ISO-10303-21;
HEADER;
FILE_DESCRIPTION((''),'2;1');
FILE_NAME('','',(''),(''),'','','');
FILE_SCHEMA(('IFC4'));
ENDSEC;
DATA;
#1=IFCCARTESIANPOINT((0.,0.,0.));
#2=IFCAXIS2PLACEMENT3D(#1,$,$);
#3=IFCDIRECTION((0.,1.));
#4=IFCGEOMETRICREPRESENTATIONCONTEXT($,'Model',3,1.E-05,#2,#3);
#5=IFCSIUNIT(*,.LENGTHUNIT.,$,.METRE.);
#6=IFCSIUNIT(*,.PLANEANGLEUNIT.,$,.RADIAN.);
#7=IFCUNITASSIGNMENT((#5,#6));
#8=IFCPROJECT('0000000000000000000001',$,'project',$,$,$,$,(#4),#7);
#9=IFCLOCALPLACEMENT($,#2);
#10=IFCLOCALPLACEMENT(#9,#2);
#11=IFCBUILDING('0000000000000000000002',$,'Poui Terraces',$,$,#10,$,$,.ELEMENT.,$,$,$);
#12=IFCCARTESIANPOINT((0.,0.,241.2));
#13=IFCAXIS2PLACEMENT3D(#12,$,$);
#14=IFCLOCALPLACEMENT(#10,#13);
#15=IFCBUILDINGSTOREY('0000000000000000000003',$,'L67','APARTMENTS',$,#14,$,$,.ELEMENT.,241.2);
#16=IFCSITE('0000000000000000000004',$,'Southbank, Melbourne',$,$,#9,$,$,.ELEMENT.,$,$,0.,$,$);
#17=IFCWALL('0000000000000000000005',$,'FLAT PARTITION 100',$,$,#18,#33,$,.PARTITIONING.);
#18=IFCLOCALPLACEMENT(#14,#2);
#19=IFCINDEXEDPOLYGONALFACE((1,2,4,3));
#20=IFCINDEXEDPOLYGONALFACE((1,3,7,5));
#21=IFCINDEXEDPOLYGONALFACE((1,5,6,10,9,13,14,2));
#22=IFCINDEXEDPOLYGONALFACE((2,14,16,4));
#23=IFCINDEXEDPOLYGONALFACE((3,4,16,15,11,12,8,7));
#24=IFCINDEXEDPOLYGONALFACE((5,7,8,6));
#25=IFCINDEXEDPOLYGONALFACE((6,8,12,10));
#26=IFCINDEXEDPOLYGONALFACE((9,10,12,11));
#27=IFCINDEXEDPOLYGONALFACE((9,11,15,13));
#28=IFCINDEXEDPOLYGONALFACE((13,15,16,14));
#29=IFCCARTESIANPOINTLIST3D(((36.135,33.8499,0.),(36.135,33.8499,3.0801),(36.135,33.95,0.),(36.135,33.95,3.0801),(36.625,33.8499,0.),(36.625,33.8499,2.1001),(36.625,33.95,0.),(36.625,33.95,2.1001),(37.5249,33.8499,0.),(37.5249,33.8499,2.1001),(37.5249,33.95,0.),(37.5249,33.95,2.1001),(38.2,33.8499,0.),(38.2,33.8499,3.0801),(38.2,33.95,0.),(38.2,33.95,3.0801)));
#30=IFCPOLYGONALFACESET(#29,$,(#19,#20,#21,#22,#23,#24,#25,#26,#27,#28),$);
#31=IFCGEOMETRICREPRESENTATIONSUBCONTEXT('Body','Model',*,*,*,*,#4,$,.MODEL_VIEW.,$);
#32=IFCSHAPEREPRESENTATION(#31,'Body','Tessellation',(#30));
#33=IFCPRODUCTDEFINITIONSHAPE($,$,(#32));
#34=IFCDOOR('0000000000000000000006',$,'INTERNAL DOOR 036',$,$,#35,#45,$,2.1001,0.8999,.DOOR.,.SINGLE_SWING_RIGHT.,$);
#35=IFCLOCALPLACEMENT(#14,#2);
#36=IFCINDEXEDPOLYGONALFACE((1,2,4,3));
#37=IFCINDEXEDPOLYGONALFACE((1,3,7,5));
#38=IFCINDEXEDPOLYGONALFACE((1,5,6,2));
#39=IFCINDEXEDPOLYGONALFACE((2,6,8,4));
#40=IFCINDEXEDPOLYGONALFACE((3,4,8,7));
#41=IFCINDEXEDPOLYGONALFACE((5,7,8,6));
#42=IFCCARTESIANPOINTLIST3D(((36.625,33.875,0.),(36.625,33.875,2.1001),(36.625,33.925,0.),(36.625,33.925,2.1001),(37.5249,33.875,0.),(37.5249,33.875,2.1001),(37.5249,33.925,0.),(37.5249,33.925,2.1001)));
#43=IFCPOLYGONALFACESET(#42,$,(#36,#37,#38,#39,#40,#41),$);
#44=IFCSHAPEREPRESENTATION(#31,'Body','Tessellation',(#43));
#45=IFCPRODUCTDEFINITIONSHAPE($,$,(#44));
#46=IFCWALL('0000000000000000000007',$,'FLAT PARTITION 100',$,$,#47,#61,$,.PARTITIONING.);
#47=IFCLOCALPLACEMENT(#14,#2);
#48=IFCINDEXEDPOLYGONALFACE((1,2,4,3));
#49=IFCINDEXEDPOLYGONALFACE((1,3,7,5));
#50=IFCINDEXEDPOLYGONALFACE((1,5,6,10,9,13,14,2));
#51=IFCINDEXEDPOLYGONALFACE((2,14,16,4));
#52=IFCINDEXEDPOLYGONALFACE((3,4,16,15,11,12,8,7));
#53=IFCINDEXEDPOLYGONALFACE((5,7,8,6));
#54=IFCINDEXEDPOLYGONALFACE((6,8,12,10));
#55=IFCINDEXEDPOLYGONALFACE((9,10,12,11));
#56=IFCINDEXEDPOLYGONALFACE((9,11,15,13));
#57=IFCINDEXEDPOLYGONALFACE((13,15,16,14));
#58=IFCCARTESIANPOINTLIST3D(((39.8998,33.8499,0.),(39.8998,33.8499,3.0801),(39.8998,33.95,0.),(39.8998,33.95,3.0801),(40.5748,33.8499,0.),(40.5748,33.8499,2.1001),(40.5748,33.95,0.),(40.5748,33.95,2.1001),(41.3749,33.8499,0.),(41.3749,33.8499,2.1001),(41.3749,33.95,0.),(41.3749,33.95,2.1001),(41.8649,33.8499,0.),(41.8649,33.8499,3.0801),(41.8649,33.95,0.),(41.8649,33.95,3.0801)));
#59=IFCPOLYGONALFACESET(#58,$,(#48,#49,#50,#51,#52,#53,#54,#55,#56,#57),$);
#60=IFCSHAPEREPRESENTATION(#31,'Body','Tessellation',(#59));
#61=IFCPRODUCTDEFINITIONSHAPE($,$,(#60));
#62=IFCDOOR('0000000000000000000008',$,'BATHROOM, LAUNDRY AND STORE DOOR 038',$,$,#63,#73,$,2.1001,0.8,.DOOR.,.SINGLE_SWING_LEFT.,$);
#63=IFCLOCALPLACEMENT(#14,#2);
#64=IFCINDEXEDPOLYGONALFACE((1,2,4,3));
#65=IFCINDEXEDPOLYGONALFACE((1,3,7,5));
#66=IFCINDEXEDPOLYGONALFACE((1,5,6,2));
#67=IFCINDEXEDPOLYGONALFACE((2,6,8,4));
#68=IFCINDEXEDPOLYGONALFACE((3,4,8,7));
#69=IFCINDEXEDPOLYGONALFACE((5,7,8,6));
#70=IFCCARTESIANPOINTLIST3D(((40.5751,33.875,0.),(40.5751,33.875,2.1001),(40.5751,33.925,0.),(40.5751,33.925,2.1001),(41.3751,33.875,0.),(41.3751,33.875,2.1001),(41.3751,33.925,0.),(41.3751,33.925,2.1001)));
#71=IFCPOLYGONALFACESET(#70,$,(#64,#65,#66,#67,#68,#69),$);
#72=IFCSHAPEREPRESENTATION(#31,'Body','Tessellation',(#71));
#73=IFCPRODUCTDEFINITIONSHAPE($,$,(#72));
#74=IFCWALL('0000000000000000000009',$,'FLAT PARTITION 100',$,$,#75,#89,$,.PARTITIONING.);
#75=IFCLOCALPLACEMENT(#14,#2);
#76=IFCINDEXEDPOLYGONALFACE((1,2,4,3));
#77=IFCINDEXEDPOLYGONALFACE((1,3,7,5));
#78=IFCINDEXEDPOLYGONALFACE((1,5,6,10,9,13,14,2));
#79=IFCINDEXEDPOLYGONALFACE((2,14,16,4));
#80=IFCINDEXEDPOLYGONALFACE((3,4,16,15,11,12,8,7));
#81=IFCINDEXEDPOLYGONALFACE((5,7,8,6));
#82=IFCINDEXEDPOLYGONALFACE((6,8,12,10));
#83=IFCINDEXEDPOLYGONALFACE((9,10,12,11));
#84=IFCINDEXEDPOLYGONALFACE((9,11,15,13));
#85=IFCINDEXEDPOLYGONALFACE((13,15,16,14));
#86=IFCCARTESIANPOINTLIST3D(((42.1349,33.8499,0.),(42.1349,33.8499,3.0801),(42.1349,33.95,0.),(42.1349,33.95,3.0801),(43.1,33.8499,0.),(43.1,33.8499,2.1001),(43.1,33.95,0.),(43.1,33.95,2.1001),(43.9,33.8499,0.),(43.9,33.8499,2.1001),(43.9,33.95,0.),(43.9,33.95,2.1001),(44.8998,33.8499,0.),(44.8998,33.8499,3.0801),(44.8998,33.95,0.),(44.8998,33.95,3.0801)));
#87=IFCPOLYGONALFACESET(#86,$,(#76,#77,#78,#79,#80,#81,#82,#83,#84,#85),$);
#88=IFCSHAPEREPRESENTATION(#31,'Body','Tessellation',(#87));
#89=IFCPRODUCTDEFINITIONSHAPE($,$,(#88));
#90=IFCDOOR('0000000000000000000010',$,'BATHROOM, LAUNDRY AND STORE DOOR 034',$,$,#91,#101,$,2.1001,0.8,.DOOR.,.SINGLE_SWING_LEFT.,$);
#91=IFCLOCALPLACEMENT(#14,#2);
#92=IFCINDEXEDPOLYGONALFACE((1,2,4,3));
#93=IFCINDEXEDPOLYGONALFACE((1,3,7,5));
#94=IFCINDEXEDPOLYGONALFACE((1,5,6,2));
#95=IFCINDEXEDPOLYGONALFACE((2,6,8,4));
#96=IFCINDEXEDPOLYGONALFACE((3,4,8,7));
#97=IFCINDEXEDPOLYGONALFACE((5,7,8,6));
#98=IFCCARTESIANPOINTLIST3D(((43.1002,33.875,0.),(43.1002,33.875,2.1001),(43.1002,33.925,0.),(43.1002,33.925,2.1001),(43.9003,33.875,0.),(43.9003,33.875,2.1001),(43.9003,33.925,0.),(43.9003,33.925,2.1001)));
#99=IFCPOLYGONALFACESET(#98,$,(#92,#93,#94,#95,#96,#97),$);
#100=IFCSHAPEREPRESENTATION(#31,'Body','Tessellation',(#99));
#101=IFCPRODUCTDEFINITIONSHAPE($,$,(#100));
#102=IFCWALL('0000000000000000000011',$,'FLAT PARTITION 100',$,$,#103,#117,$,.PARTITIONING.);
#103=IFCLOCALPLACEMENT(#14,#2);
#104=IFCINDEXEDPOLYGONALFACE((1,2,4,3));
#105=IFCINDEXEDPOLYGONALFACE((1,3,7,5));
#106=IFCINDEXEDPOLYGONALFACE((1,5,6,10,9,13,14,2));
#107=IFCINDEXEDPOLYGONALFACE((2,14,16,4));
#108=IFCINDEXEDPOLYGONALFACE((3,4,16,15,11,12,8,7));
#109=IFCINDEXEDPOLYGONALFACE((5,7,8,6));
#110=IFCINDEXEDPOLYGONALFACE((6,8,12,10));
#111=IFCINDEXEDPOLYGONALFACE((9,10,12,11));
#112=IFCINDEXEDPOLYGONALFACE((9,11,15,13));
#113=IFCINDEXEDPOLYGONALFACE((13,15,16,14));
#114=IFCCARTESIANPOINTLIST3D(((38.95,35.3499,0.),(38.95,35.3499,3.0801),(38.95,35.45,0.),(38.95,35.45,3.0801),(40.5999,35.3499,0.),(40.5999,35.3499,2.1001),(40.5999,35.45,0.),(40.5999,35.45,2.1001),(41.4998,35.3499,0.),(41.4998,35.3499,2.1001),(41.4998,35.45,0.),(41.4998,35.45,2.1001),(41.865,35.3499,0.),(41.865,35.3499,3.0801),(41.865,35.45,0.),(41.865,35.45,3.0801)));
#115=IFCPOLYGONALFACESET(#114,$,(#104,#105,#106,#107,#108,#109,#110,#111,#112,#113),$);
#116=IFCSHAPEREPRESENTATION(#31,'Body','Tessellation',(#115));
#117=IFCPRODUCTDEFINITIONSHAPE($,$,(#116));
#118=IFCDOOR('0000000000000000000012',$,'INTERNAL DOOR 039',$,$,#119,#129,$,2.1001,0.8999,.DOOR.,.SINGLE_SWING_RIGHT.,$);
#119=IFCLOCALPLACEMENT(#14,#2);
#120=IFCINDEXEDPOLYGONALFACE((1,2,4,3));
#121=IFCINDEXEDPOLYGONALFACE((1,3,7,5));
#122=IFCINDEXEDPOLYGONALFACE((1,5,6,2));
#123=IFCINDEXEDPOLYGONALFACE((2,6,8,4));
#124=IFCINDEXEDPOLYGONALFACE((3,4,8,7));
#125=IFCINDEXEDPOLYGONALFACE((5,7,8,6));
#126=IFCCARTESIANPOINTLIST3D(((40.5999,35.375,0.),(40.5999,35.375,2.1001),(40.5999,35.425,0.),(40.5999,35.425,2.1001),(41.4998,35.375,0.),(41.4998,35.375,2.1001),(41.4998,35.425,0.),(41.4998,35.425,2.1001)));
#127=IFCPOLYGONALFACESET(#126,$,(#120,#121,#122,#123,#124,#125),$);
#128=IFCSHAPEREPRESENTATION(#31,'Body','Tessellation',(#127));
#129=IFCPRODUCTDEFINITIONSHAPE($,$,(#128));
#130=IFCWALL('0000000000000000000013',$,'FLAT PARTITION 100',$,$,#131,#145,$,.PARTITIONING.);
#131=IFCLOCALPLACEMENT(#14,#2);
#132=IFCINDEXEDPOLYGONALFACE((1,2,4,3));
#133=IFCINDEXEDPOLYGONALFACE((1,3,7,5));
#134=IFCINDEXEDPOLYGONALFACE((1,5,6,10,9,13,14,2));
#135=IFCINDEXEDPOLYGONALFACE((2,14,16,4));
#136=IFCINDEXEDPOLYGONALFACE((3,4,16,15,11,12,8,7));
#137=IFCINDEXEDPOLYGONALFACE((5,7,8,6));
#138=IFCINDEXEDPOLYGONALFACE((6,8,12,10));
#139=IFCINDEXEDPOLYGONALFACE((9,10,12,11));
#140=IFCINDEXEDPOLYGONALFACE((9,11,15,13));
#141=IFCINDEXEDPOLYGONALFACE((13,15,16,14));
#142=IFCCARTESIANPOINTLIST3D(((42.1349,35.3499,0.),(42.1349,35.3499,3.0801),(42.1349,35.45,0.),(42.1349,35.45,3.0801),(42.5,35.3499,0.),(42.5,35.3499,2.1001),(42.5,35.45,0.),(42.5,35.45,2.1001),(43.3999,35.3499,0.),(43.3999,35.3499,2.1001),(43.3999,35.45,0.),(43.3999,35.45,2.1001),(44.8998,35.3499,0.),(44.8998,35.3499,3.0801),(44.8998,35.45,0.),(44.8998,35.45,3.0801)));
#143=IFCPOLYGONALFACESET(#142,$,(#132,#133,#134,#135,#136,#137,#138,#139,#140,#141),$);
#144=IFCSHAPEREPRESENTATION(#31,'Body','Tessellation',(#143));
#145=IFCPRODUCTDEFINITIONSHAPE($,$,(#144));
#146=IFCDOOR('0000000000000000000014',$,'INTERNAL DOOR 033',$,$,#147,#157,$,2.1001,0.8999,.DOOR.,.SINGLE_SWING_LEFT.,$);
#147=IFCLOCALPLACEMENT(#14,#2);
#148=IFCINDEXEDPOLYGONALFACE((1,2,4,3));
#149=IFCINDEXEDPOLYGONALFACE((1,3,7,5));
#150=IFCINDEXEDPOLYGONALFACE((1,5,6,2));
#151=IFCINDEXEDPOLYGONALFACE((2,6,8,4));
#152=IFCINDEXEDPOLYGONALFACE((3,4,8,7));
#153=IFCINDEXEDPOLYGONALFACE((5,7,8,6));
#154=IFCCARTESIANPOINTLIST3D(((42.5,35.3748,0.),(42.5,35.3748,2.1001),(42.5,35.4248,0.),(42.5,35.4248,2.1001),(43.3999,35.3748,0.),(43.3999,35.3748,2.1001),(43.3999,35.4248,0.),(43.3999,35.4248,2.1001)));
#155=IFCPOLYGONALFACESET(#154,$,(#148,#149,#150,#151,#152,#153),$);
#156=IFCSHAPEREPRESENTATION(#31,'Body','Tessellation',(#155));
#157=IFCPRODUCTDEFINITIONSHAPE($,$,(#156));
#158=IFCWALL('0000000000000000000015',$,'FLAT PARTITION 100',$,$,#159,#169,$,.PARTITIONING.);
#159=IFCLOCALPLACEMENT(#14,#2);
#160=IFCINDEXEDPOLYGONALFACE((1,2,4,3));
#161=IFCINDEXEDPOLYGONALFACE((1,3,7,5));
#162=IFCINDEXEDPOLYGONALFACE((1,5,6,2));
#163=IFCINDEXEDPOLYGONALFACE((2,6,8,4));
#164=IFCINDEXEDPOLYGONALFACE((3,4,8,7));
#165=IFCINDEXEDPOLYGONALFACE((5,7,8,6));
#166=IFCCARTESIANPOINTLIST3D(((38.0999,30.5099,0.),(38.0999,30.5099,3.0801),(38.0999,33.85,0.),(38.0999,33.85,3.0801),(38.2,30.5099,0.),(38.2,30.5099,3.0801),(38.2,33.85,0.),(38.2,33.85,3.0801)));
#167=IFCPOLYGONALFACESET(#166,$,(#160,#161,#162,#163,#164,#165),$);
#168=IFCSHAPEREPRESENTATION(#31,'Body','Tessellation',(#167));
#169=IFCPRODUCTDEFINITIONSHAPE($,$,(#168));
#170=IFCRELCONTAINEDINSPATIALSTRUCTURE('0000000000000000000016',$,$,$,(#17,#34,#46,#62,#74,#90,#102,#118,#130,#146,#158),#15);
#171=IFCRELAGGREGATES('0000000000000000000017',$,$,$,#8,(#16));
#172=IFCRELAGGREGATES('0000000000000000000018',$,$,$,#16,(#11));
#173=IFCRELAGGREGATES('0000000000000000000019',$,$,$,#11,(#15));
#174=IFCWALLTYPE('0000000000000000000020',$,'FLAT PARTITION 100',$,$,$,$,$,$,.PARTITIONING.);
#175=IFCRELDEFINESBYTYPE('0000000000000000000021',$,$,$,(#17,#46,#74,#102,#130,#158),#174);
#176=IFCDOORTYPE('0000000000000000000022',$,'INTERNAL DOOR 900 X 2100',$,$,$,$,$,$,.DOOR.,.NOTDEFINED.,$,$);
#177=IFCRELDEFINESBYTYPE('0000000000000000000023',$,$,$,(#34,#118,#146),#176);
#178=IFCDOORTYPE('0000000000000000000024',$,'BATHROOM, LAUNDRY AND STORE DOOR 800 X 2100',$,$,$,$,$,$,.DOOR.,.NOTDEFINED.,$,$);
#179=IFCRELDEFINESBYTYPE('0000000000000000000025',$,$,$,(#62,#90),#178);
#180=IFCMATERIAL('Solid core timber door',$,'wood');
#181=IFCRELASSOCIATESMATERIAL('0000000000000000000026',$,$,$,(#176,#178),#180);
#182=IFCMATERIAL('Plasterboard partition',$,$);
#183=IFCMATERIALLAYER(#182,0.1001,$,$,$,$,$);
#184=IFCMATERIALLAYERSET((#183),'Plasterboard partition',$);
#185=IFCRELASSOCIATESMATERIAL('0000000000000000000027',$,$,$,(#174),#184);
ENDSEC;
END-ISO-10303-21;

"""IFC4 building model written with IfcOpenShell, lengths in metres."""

from ifc_helpers import new_model, si_unit, direction, frame, frame_2d, origin, place, context, subcontext, project, spatial, rectangle, extrude, material, layer, layer_set, type_object, element, fill, save


model = new_model("IFC4")

# Units and contexts
model_context = context("Model", 3, precision=1e-05, world=origin(), true_north=direction((0.0, 1.0)))
body_context = subcontext(model_context, "Body", "Model", "MODEL_VIEW")
ifc_project = project(units=[si_unit("LENGTHUNIT", "METRE"), si_unit("PLANEANGLEUNIT", "RADIAN")], contexts=[model_context])

# Site, building, storey
site_placement = place(None, origin())
site = spatial("IfcSite", under=ifc_project, at=site_placement, Name="Southbank, Melbourne", CompositionType="ELEMENT", RefElevation=0.0)
building_placement = place(site_placement, origin())
building = spatial("IfcBuilding", under=site, at=building_placement, Name="Poui Terraces", CompositionType="ELEMENT")
storey_placement = place(building_placement, frame((0.0, 0.0, 241.2)))
storey = spatial("IfcBuildingStorey", under=building, at=storey_placement, Name="L67", Description="APARTMENTS", CompositionType="ELEMENT", Elevation=241.2)

# Shared definitions
ifc_material_1 = material(Name="Solid core timber door", Category="wood")
door_type_1 = type_object("IfcDoorType", Name="INTERNAL DOOR 900 X 2100", OperationType="NOTDEFINED", PredefinedType="DOOR", material=ifc_material_1)
ifc_material_2 = material(Name="Plasterboard partition")
ifc_layer_1 = layer(ifc_material_2, 0.1001)
ifc_layer_set_1 = layer_set([ifc_layer_1], Name="Plasterboard partition")
wall_type_1 = type_object("IfcWallType", Name="FLAT PARTITION 100", PredefinedType="PARTITIONING", material=ifc_layer_set_1)
door_type_2 = type_object("IfcDoorType", Name="BATHROOM, LAUNDRY AND STORE DOOR 800 X 2100", OperationType="NOTDEFINED", PredefinedType="DOOR", material=ifc_material_1)

# Walls, openings, doors
wall_1_placement = place(storey_placement, frame((36.135, 33.8999, 0.0), z_axis=(0.0, 0.0, 1.0), x_axis=(1.0, 0.0, 0.0)))
wall_1 = element("IfcWall", 1, at=wall_1_placement, inside=storey, type_object=wall_type_1, Name="FLAT PARTITION 100", PredefinedType="PARTITIONING", context=body_context, shape_type="SweptSolid", body=[
    extrude(rectangle(XDim=2.0649, YDim=0.1001, at=frame_2d((1.0325, 0.0))), origin(), (0.0, 0.0, 1.0), 3.0801),
])
opening_1_placement = place(wall_1_placement, frame((0.49, 0.0, 0.0)))
opening_1 = element("IfcOpeningElement", 2, at=opening_1_placement, cuts=wall_1, PredefinedType="OPENING", context=body_context, shape_type="SweptSolid", body=[
    extrude(rectangle(XDim=0.8999, YDim=2.1001, at=frame_2d((0.45, 1.05))), frame((0.0, 0.0601, 0.0), z_axis=(0.0, -1.0, 0.0), x_axis=(1.0, 0.0, 0.0)), (0.0, 0.0, 1.0), 0.1201),
])
door_1_placement = place(opening_1_placement, frame((0.8999, 0.0, 0.0), z_axis=(0.0, 0.0, 1.0), x_axis=(-1.0, 0.0, 0.0)))
door_1 = element("IfcDoor", 3, at=door_1_placement, inside=storey, type_object=door_type_1, Name="INTERNAL DOOR 036", OperationType="SINGLE_SWING_RIGHT", OverallHeight=2.1001, OverallWidth=0.8999, PredefinedType="DOOR", context=body_context, shape_type="SweptSolid", body=[
    extrude(rectangle(XDim=0.8999, YDim=2.1001, at=frame_2d((0.45, 1.05))), frame((0.0, 0.0249, 0.0), z_axis=(0.0, -1.0, 0.0), x_axis=(1.0, 0.0, 0.0)), (0.0, 0.0, 1.0), 0.05),
])
fill(opening_1, door_1)
wall_2_placement = place(storey_placement, frame((39.8999, 33.8999, 0.0), z_axis=(0.0, 0.0, 1.0), x_axis=(1.0, 0.0, 0.0)))
wall_2 = element("IfcWall", 4, at=wall_2_placement, inside=storey, type_object=wall_type_1, Name="FLAT PARTITION 100", PredefinedType="PARTITIONING", context=body_context, shape_type="SweptSolid", body=[
    extrude(rectangle(XDim=1.9651, YDim=0.1001, at=frame_2d((0.9824, 0.0))), origin(), (0.0, 0.0, 1.0), 3.0801),
])
opening_2_placement = place(wall_2_placement, frame((0.675, 0.0, 0.0)))
opening_2 = element("IfcOpeningElement", 5, at=opening_2_placement, cuts=wall_2, PredefinedType="OPENING", context=body_context, shape_type="SweptSolid", body=[
    extrude(rectangle(XDim=0.8, YDim=2.1001, at=frame_2d((0.3999, 1.05))), frame((0.0, 0.0601, 0.0), z_axis=(0.0, -1.0, 0.0), x_axis=(1.0, 0.0, 0.0)), (0.0, 0.0, 1.0), 0.1201),
])
door_2_placement = place(opening_2_placement, frame((0.8, 0.0, 0.0), z_axis=(0.0, 0.0, 1.0), x_axis=(-1.0, 0.0, 0.0)))
door_2 = element("IfcDoor", 6, at=door_2_placement, inside=storey, type_object=door_type_2, Name="BATHROOM, LAUNDRY AND STORE DOOR 038", OperationType="SINGLE_SWING_LEFT", OverallHeight=2.1001, OverallWidth=0.8, PredefinedType="DOOR", context=body_context, shape_type="SweptSolid", body=[
    extrude(rectangle(XDim=0.8, YDim=2.1001, at=frame_2d((0.3999, 1.05))), frame((0.0, 0.0249, 0.0), z_axis=(0.0, -1.0, 0.0), x_axis=(1.0, 0.0, 0.0)), (0.0, 0.0, 1.0), 0.05),
])
fill(opening_2, door_2)
wall_3_placement = place(storey_placement, frame((42.135, 33.8999, 0.0), z_axis=(0.0, 0.0, 1.0), x_axis=(1.0, 0.0, 0.0)))
wall_3 = element("IfcWall", 7, at=wall_3_placement, inside=storey, type_object=wall_type_1, Name="FLAT PARTITION 100", PredefinedType="PARTITIONING", context=body_context, shape_type="SweptSolid", body=[
    extrude(rectangle(XDim=2.7649, YDim=0.1001, at=frame_2d((1.3823, 0.0))), origin(), (0.0, 0.0, 1.0), 3.0801),
])
opening_3_placement = place(wall_3_placement, frame((0.9651, 0.0, 0.0)))
opening_3 = element("IfcOpeningElement", 8, at=opening_3_placement, cuts=wall_3, PredefinedType="OPENING", context=body_context, shape_type="SweptSolid", body=[
    extrude(rectangle(XDim=0.8, YDim=2.1001, at=frame_2d((0.3999, 1.05))), frame((0.0, 0.0601, 0.0), z_axis=(0.0, -1.0, 0.0), x_axis=(1.0, 0.0, 0.0)), (0.0, 0.0, 1.0), 0.1201),
])
door_3_placement = place(opening_3_placement, frame((0.8, 0.0, 0.0), z_axis=(0.0, 0.0, 1.0), x_axis=(-1.0, 0.0, 0.0)))
door_3 = element("IfcDoor", 9, at=door_3_placement, inside=storey, type_object=door_type_2, Name="BATHROOM, LAUNDRY AND STORE DOOR 034", OperationType="SINGLE_SWING_LEFT", OverallHeight=2.1001, OverallWidth=0.8, PredefinedType="DOOR", context=body_context, shape_type="SweptSolid", body=[
    extrude(rectangle(XDim=0.8, YDim=2.1001, at=frame_2d((0.3999, 1.05))), frame((0.0, 0.0249, 0.0), z_axis=(0.0, -1.0, 0.0), x_axis=(1.0, 0.0, 0.0)), (0.0, 0.0, 1.0), 0.05),
])
fill(opening_3, door_3)
wall_4_placement = place(storey_placement, frame((38.95, 35.3999, 0.0), z_axis=(0.0, 0.0, 1.0), x_axis=(1.0, 0.0, 0.0)))
wall_4 = element("IfcWall", 10, at=wall_4_placement, inside=storey, type_object=wall_type_1, Name="FLAT PARTITION 100", PredefinedType="PARTITIONING", context=body_context, shape_type="SweptSolid", body=[
    extrude(rectangle(XDim=2.915, YDim=0.1001, at=frame_2d((1.4575, 0.0))), origin(), (0.0, 0.0, 1.0), 3.0801),
])
opening_4_placement = place(wall_4_placement, frame((1.6499, 0.0, 0.0)))
opening_4 = element("IfcOpeningElement", 11, at=opening_4_placement, cuts=wall_4, PredefinedType="OPENING", context=body_context, shape_type="SweptSolid", body=[
    extrude(rectangle(XDim=0.8999, YDim=2.1001, at=frame_2d((0.45, 1.05))), frame((0.0, 0.0601, 0.0), z_axis=(0.0, -1.0, 0.0), x_axis=(1.0, 0.0, 0.0)), (0.0, 0.0, 1.0), 0.1201),
])
door_4_placement = place(opening_4_placement, frame((0.8999, 0.0, 0.0), z_axis=(0.0, 0.0, 1.0), x_axis=(-1.0, 0.0, 0.0)))
door_4 = element("IfcDoor", 12, at=door_4_placement, inside=storey, type_object=door_type_1, Name="INTERNAL DOOR 039", OperationType="SINGLE_SWING_RIGHT", OverallHeight=2.1001, OverallWidth=0.8999, PredefinedType="DOOR", context=body_context, shape_type="SweptSolid", body=[
    extrude(rectangle(XDim=0.8999, YDim=2.1001, at=frame_2d((0.45, 1.05))), frame((0.0, 0.0249, 0.0), z_axis=(0.0, -1.0, 0.0), x_axis=(1.0, 0.0, 0.0)), (0.0, 0.0, 1.0), 0.05),
])
fill(opening_4, door_4)
wall_5_placement = place(storey_placement, frame((42.135, 35.3999, 0.0), z_axis=(0.0, 0.0, 1.0), x_axis=(1.0, 0.0, 0.0)))
wall_5 = element("IfcWall", 13, at=wall_5_placement, inside=storey, type_object=wall_type_1, Name="FLAT PARTITION 100", PredefinedType="PARTITIONING", context=body_context, shape_type="SweptSolid", body=[
    extrude(rectangle(XDim=2.7649, YDim=0.1001, at=frame_2d((1.3823, 0.0))), origin(), (0.0, 0.0, 1.0), 3.0801),
])
opening_5_placement = place(wall_5_placement, frame((0.365, 0.0, 0.0)))
opening_5 = element("IfcOpeningElement", 14, at=opening_5_placement, cuts=wall_5, PredefinedType="OPENING", context=body_context, shape_type="SweptSolid", body=[
    extrude(rectangle(XDim=0.8999, YDim=2.1001, at=frame_2d((0.45, 1.05))), frame((0.0, 0.0601, 0.0), z_axis=(0.0, -1.0, 0.0), x_axis=(1.0, 0.0, 0.0)), (0.0, 0.0, 1.0), 0.1201),
])
door_5_placement = place(opening_5_placement, origin())
door_5 = element("IfcDoor", 15, at=door_5_placement, inside=storey, type_object=door_type_1, Name="INTERNAL DOOR 033", OperationType="SINGLE_SWING_LEFT", OverallHeight=2.1001, OverallWidth=0.8999, PredefinedType="DOOR", context=body_context, shape_type="SweptSolid", body=[
    extrude(rectangle(XDim=0.8999, YDim=2.1001, at=frame_2d((0.45, 1.05))), frame((0.0, 0.0249, 0.0), z_axis=(0.0, -1.0, 0.0), x_axis=(1.0, 0.0, 0.0)), (0.0, 0.0, 1.0), 0.05),
])
fill(opening_5, door_5)

# Wall
wall_6_placement = place(storey_placement, frame((38.1499, 30.51, 0.0), z_axis=(0.0, 0.0, 1.0), x_axis=(0.0, 1.0, 0.0)))
element("IfcWall", 16, at=wall_6_placement, inside=storey, type_object=wall_type_1, Name="FLAT PARTITION 100", PredefinedType="PARTITIONING", context=body_context, shape_type="SweptSolid", body=[
    extrude(rectangle(XDim=3.3401, YDim=0.1001, at=frame_2d((1.6699, 0.0))), origin(), (0.0, 0.0, 1.0), 3.0801),
])

save(model, "model.ifc")
